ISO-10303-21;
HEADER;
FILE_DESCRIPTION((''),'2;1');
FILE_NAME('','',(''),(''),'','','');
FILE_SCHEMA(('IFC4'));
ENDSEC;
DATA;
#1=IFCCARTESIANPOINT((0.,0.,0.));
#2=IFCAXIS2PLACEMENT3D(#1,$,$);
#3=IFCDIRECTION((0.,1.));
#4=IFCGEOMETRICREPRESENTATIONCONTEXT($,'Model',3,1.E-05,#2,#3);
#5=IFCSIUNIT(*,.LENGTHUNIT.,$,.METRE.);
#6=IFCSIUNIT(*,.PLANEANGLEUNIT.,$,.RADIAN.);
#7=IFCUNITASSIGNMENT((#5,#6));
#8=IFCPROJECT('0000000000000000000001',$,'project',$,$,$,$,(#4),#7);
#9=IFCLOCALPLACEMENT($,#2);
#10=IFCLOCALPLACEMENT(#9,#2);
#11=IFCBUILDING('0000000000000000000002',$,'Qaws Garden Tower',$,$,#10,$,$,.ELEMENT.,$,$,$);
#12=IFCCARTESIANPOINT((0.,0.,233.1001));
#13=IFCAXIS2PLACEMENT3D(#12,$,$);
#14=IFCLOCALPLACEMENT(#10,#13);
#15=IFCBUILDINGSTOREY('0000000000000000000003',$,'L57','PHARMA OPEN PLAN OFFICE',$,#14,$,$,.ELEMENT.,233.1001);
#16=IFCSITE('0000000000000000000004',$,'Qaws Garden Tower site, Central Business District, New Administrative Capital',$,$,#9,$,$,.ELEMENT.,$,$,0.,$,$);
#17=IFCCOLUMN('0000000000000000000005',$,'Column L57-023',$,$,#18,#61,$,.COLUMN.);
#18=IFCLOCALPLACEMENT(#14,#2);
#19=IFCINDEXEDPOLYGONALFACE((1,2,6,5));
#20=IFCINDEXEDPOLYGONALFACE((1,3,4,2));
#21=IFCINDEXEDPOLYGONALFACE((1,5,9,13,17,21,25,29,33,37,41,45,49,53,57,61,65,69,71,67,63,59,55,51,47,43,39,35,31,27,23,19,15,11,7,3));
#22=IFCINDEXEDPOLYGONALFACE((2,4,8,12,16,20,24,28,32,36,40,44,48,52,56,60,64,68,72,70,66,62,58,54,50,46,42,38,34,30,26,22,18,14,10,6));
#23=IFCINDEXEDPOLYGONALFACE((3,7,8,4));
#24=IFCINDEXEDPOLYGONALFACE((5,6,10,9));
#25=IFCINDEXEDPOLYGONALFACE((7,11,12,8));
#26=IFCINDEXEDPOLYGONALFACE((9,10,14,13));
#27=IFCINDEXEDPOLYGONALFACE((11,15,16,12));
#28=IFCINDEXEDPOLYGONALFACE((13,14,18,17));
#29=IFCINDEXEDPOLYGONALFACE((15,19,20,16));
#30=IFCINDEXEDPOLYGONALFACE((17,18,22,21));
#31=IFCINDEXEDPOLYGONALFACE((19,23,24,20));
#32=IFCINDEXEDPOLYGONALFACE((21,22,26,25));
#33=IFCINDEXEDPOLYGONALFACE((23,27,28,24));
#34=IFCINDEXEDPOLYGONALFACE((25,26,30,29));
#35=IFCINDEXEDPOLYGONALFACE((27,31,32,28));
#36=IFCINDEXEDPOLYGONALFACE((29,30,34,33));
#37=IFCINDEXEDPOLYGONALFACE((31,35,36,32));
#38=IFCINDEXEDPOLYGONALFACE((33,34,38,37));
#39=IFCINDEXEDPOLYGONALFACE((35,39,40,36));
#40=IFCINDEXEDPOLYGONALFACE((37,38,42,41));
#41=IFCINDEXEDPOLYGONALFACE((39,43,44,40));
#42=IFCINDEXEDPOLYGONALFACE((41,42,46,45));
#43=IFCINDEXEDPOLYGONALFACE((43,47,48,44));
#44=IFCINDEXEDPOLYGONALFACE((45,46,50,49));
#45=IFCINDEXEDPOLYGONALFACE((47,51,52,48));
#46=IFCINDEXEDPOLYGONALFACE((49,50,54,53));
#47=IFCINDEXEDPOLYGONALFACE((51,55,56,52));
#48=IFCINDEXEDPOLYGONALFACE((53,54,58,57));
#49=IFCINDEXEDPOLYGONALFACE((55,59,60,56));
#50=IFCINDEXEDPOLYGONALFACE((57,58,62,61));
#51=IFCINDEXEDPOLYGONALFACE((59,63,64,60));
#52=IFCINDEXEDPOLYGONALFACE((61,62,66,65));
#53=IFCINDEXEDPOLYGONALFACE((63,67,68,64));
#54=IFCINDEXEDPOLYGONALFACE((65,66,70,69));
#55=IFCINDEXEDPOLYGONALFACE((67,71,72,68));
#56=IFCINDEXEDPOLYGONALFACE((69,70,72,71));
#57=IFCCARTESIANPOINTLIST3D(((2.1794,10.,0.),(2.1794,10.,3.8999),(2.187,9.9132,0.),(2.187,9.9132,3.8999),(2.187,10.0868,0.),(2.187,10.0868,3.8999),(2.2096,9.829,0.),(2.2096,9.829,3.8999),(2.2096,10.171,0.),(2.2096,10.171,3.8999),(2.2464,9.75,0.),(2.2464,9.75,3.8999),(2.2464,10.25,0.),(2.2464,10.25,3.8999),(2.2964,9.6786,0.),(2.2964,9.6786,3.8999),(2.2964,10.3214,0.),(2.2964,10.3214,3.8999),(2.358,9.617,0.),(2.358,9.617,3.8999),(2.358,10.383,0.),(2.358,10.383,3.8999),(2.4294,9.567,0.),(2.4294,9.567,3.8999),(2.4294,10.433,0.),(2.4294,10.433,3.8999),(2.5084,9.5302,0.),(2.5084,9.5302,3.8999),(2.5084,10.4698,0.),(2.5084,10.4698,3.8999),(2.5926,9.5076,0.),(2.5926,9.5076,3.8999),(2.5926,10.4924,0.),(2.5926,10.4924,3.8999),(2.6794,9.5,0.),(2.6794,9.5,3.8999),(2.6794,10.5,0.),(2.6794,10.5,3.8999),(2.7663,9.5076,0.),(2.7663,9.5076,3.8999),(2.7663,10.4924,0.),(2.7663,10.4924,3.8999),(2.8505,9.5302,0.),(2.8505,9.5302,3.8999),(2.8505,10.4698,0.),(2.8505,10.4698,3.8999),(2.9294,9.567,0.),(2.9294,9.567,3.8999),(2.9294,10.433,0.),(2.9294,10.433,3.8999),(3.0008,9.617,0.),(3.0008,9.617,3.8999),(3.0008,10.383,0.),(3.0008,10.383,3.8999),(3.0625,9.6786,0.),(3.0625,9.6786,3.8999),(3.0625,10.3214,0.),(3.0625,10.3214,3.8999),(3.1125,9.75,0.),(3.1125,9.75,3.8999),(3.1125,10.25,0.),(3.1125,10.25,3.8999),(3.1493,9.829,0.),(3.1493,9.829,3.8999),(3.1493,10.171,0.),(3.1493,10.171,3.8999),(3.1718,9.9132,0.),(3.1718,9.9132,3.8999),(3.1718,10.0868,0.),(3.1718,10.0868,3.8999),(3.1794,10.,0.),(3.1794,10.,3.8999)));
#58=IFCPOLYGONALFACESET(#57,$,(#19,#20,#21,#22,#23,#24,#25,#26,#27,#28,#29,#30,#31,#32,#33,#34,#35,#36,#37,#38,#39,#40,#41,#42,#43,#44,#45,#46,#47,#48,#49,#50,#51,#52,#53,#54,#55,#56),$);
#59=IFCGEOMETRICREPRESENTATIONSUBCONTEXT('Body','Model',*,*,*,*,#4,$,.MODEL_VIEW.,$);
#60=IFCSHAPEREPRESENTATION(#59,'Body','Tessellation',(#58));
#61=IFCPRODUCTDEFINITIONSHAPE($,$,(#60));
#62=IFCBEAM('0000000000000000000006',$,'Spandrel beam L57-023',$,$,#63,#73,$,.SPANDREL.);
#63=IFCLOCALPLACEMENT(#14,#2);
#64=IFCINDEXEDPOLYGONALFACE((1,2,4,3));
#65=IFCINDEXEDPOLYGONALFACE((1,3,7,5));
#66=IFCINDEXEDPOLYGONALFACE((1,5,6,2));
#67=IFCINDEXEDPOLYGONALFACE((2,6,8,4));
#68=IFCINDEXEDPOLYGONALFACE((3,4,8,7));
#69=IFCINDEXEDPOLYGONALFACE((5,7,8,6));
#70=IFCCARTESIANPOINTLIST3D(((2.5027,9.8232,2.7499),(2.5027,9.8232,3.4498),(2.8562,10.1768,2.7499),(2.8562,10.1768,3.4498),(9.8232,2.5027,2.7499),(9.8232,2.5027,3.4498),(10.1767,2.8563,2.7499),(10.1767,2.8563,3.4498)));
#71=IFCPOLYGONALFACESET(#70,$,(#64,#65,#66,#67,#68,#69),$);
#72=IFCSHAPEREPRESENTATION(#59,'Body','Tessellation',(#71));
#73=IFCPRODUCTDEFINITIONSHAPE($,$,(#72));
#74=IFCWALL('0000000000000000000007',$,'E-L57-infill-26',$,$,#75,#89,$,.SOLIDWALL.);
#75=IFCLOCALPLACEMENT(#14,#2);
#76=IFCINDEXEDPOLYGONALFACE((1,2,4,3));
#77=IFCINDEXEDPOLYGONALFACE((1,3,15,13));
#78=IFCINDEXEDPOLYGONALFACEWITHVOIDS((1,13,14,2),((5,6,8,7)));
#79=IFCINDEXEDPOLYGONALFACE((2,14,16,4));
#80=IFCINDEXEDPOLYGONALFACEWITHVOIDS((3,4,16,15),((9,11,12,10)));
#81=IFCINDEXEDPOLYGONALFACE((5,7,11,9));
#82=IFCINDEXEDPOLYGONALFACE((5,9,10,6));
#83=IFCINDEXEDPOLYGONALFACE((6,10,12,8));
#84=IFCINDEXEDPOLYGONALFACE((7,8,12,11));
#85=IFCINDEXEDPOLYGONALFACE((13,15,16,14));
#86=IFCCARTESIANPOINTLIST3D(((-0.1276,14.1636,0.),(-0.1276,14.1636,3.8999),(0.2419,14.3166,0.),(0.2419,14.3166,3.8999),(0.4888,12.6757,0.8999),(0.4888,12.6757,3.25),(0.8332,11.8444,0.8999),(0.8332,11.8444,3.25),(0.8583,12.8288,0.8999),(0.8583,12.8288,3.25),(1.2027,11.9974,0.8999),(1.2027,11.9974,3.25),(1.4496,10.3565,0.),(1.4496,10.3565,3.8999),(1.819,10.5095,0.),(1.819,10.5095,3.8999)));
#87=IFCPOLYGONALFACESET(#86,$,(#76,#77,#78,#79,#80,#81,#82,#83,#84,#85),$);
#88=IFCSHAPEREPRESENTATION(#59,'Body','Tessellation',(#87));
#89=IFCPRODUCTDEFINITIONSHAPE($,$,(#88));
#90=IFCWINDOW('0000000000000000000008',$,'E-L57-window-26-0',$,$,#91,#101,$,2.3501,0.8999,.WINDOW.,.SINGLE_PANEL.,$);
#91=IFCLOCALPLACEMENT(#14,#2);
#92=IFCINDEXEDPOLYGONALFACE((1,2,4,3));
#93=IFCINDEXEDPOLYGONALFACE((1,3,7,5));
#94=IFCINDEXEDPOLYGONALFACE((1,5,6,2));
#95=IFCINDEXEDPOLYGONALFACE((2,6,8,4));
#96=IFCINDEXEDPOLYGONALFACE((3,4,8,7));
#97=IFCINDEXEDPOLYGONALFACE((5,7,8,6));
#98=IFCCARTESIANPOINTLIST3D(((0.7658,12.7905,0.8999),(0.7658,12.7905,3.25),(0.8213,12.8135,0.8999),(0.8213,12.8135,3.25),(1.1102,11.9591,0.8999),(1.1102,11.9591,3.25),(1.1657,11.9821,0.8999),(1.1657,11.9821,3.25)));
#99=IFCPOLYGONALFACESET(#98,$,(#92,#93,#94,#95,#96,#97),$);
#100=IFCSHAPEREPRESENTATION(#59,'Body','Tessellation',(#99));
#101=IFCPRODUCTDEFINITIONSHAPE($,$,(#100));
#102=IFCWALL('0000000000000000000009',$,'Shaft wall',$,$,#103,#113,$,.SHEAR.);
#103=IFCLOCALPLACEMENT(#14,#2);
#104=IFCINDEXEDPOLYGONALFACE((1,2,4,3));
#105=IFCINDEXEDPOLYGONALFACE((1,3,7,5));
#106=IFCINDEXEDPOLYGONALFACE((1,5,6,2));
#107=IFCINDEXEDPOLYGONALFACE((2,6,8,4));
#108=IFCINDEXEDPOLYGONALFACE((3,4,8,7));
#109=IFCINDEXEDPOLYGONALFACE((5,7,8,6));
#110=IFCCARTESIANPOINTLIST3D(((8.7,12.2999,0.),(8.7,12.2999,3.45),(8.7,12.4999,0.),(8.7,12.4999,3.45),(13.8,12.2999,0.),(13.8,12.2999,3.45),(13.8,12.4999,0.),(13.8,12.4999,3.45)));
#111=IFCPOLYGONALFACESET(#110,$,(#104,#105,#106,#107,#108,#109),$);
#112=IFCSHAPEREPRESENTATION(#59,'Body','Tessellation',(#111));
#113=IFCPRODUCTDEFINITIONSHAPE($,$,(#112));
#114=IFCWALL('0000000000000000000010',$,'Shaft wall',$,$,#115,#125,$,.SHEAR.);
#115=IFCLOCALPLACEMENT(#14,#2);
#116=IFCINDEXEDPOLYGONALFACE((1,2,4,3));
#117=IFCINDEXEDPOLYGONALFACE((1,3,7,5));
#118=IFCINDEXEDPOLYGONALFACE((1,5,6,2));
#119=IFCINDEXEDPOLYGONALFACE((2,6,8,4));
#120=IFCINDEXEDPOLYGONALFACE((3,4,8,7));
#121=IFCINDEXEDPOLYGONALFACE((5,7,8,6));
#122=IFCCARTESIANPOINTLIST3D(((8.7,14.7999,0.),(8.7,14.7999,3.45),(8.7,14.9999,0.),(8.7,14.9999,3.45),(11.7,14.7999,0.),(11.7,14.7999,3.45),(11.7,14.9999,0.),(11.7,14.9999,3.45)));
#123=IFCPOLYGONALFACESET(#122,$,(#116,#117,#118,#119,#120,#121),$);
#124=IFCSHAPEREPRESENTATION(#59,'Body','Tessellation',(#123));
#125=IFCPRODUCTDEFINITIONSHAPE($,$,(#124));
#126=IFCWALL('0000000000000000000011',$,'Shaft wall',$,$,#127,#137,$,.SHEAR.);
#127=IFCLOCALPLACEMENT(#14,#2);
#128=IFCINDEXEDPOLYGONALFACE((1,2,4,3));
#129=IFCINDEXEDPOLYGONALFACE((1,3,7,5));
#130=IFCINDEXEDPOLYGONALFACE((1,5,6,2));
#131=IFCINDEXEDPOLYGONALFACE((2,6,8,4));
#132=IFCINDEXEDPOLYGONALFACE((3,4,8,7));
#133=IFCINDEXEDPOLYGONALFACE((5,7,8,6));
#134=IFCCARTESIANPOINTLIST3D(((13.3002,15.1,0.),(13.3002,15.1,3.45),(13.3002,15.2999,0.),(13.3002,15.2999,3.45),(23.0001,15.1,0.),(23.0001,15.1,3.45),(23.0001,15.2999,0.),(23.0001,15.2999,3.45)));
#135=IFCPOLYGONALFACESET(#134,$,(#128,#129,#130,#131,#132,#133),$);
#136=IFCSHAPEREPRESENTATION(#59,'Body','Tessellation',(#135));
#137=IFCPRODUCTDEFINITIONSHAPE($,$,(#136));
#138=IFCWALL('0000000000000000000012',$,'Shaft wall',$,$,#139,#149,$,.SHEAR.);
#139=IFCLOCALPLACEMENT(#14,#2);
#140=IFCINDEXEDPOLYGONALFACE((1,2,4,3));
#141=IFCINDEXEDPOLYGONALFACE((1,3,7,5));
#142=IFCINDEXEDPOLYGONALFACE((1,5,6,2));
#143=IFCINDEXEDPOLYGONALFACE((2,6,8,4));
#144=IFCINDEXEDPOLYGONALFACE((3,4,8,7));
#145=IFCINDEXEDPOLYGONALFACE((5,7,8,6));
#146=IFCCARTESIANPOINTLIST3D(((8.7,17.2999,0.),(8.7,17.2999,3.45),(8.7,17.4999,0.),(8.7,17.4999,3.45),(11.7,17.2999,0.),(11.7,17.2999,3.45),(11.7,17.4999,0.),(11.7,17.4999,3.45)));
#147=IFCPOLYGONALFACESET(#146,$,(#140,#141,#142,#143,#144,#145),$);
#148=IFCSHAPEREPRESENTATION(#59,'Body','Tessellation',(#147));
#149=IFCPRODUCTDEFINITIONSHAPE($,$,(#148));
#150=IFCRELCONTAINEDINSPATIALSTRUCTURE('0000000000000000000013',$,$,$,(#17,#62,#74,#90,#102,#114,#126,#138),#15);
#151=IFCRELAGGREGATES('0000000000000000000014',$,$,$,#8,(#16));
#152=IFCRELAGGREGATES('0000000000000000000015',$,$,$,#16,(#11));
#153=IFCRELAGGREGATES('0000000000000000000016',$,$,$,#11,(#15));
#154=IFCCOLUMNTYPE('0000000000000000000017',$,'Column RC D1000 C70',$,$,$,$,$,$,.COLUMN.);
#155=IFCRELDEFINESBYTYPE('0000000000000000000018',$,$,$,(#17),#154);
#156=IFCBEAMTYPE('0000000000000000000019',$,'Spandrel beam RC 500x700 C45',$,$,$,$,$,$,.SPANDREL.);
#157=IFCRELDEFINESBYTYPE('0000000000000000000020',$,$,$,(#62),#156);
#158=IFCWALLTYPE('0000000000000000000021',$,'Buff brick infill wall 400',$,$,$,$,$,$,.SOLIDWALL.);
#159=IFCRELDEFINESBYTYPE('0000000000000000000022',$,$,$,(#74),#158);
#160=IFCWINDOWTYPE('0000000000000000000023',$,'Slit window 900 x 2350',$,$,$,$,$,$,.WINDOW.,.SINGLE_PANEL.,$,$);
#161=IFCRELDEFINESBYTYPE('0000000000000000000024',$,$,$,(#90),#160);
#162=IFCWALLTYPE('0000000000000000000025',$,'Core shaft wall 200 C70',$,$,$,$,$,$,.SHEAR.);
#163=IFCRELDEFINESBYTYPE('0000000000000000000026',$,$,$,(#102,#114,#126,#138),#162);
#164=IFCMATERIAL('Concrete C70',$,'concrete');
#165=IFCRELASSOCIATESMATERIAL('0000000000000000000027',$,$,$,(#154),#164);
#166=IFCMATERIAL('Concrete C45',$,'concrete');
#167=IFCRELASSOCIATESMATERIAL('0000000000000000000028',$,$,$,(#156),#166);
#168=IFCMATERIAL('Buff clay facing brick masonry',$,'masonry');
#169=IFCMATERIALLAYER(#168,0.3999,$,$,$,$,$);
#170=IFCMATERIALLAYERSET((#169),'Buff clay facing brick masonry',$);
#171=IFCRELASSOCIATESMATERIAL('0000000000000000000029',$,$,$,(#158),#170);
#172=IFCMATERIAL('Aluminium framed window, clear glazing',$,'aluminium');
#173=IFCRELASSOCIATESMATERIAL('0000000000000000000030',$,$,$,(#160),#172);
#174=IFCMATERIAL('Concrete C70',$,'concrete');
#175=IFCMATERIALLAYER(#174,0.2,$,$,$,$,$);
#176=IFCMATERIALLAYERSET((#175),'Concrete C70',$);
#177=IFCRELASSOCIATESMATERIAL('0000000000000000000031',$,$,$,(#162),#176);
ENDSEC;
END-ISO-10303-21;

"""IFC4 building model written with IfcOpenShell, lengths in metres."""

from ifc_helpers import new_model, si_unit, direction, frame, frame_2d, origin, origin_2d, place, context, subcontext, project, spatial, rectangle, circle, extrude, material, layer, layer_set, material_profile, profile_set, type_object, element, fill, save


model = new_model("IFC4")

# Units and contexts
model_context = context("Model", 3, precision=1e-05, world=origin(), true_north=direction((0.0, 1.0)))
body_context = subcontext(model_context, "Body", "Model", "MODEL_VIEW")
ifc_project = project(units=[si_unit("LENGTHUNIT", "METRE"), si_unit("PLANEANGLEUNIT", "RADIAN")], contexts=[model_context])

# Site, building, storey
site_placement = place(None, origin())
site = spatial("IfcSite", under=ifc_project, at=site_placement, Name="Qaws Garden Tower site, Central Business District, New Administrative Capital", CompositionType="ELEMENT", RefElevation=0.0)
building_placement = place(site_placement, origin())
building = spatial("IfcBuilding", under=site, at=building_placement, Name="Qaws Garden Tower", CompositionType="ELEMENT")
storey_placement = place(building_placement, frame((0.0, 0.0, 233.1001)))
storey = spatial("IfcBuildingStorey", under=building, at=storey_placement, Name="L57", Description="PHARMA OPEN PLAN OFFICE", CompositionType="ELEMENT", Elevation=233.1001)

# Column
ifc_material_1 = material(Name="Concrete C70", Category="concrete")
ifc_material_profile_1 = material_profile(ifc_material_1, circle(Radius=0.5, at=origin_2d()), Name="RC D1000")
ifc_profile_set_1 = profile_set([ifc_material_profile_1], Name="Concrete C70")
column_type = type_object("IfcColumnType", Name="Column RC D1000 C70", PredefinedType="COLUMN", material=ifc_profile_set_1)
column_placement = place(storey_placement, frame((2.6794, 10.0, 0.0), z_axis=(0.0, 0.0, 1.0), x_axis=(1.0, 0.0, 0.0)))
element("IfcColumn", 1, at=column_placement, inside=storey, type_object=column_type, Name="Column L57-023", PredefinedType="COLUMN", context=body_context, shape_type="SweptSolid", body=[
    extrude(circle(Radius=0.5, at=origin_2d()), origin(), (0.0, 0.0, 1.0), 3.8999),
])

# Beam
ifc_material_2 = material(Name="Concrete C45", Category="concrete")
ifc_material_profile_2 = material_profile(ifc_material_2, rectangle(XDim=0.5, YDim=0.7, at=origin_2d()), Name="RC 500x700")
ifc_profile_set_2 = profile_set([ifc_material_profile_2], Name="Concrete C45")
beam_type = type_object("IfcBeamType", Name="Spandrel beam RC 500x700 C45", PredefinedType="SPANDREL", material=ifc_profile_set_2)
beam_placement = place(storey_placement, frame((2.6794, 10.0, 3.0999), z_axis=(0.707107, -0.707107, 0.0), x_axis=(0.707107, 0.707107, 0.0)))
element("IfcBeam", 2, at=beam_placement, inside=storey, type_object=beam_type, Name="Spandrel beam L57-023", PredefinedType="SPANDREL", context=body_context, shape_type="SweptSolid", body=[
    extrude(rectangle(XDim=0.5, YDim=0.7, at=origin_2d()), origin(), (0.0, 0.0, 1.0), 10.3528),
])

# Wall, opening, window
ifc_material_3 = material(Name="Buff clay facing brick masonry", Category="masonry")
ifc_layer_1 = layer(ifc_material_3, 0.3999)
ifc_layer_set_1 = layer_set([ifc_layer_1], Name="Buff clay facing brick masonry")
wall_type_1 = type_object("IfcWallType", Name="Buff brick infill wall 400", PredefinedType="SOLIDWALL", material=ifc_layer_set_1)
wall_1_placement = place(storey_placement, frame((0.0571, 14.2402, 0.0), z_axis=(0.0, 0.0, 1.0), x_axis=(0.382722, -0.923864, 0.0)))
wall_1 = element("IfcWall", 3, at=wall_1_placement, inside=storey, type_object=wall_type_1, Name="E-L57-infill-26", PredefinedType="SOLIDWALL", context=body_context, shape_type="SweptSolid", body=[
    extrude(rectangle(XDim=4.1208, YDim=0.3999, at=frame_2d((2.0605, 0.0))), origin(), (0.0, 0.0, 1.0), 3.8999),
])
opening_1_placement = place(wall_1_placement, frame((1.6106, 0.0, 0.8999)))
opening_1 = element("IfcOpeningElement", 4, at=opening_1_placement, cuts=wall_1, PredefinedType="OPENING", context=body_context, shape_type="SweptSolid", body=[
    extrude(rectangle(XDim=0.8999, YDim=2.3501, at=frame_2d((0.45, 1.175))), frame((0.0, 0.21, 0.0), z_axis=(0.0, -1.0, 0.0), x_axis=(1.0, 0.0, 0.0)), (0.0, 0.0, 1.0), 0.4199),
])
ifc_material_4 = material(Name="Aluminium framed window, clear glazing", Category="aluminium")
window_type = type_object("IfcWindowType", Name="Slit window 900 x 2350", PartitioningType="SINGLE_PANEL", PredefinedType="WINDOW", material=ifc_material_4)
window_placement = place(opening_1_placement, origin())
window = element("IfcWindow", 5, at=window_placement, inside=storey, type_object=window_type, Name="E-L57-window-26-0", OverallHeight=2.3501, OverallWidth=0.8999, PartitioningType="SINGLE_PANEL", PredefinedType="WINDOW", context=body_context, shape_type="SweptSolid", body=[
    extrude(rectangle(XDim=0.8999, YDim=2.3501, at=frame_2d((0.45, 1.175))), frame((0.0, 0.1599, 0.0), z_axis=(0.0, -1.0, 0.0), x_axis=(1.0, 0.0, 0.0)), (0.0, 0.0, 1.0), 0.0601),
])
fill(opening_1, window)

# Walls
ifc_material_5 = material(Name="Concrete C70", Category="concrete")
ifc_layer_2 = layer(ifc_material_5, 0.2)
ifc_layer_set_2 = layer_set([ifc_layer_2], Name="Concrete C70")
wall_type_2 = type_object("IfcWallType", Name="Core shaft wall 200 C70", PredefinedType="SHEAR", material=ifc_layer_set_2)
wall_2_placement = place(storey_placement, frame((8.7, 12.3999, 0.0), z_axis=(0.0, 0.0, 1.0), x_axis=(1.0, 0.0, 0.0)))
element("IfcWall", 6, at=wall_2_placement, inside=storey, type_object=wall_type_2, Name="Shaft wall", PredefinedType="SHEAR", context=body_context, shape_type="SweptSolid", body=[
    extrude(rectangle(XDim=5.1001, YDim=0.2, at=frame_2d((2.55, 0.0))), origin(), (0.0, 0.0, 1.0), 3.45),
])
wall_3_placement = place(storey_placement, frame((8.7, 14.8999, 0.0), z_axis=(0.0, 0.0, 1.0), x_axis=(1.0, 0.0, 0.0)))
element("IfcWall", 7, at=wall_3_placement, inside=storey, type_object=wall_type_2, Name="Shaft wall", PredefinedType="SHEAR", context=body_context, shape_type="SweptSolid", body=[
    extrude(rectangle(XDim=3.0, YDim=0.2, at=frame_2d((1.5, 0.0))), origin(), (0.0, 0.0, 1.0), 3.45),
])
wall_4_placement = place(storey_placement, frame((13.3, 15.2, 0.0), z_axis=(0.0, 0.0, 1.0), x_axis=(1.0, 0.0, 0.0)))
element("IfcWall", 8, at=wall_4_placement, inside=storey, type_object=wall_type_2, Name="Shaft wall", PredefinedType="SHEAR", context=body_context, shape_type="SweptSolid", body=[
    extrude(rectangle(XDim=9.7, YDim=0.2, at=frame_2d((4.8501, 0.0))), origin(), (0.0, 0.0, 1.0), 3.45),
])
wall_5_placement = place(storey_placement, frame((8.7, 17.3999, 0.0), z_axis=(0.0, 0.0, 1.0), x_axis=(1.0, 0.0, 0.0)))
element("IfcWall", 9, at=wall_5_placement, inside=storey, type_object=wall_type_2, Name="Shaft wall", PredefinedType="SHEAR", context=body_context, shape_type="SweptSolid", body=[
    extrude(rectangle(XDim=3.0, YDim=0.2, at=frame_2d((1.5, 0.0))), origin(), (0.0, 0.0, 1.0), 3.45),
])

save(model, "model.ifc")
